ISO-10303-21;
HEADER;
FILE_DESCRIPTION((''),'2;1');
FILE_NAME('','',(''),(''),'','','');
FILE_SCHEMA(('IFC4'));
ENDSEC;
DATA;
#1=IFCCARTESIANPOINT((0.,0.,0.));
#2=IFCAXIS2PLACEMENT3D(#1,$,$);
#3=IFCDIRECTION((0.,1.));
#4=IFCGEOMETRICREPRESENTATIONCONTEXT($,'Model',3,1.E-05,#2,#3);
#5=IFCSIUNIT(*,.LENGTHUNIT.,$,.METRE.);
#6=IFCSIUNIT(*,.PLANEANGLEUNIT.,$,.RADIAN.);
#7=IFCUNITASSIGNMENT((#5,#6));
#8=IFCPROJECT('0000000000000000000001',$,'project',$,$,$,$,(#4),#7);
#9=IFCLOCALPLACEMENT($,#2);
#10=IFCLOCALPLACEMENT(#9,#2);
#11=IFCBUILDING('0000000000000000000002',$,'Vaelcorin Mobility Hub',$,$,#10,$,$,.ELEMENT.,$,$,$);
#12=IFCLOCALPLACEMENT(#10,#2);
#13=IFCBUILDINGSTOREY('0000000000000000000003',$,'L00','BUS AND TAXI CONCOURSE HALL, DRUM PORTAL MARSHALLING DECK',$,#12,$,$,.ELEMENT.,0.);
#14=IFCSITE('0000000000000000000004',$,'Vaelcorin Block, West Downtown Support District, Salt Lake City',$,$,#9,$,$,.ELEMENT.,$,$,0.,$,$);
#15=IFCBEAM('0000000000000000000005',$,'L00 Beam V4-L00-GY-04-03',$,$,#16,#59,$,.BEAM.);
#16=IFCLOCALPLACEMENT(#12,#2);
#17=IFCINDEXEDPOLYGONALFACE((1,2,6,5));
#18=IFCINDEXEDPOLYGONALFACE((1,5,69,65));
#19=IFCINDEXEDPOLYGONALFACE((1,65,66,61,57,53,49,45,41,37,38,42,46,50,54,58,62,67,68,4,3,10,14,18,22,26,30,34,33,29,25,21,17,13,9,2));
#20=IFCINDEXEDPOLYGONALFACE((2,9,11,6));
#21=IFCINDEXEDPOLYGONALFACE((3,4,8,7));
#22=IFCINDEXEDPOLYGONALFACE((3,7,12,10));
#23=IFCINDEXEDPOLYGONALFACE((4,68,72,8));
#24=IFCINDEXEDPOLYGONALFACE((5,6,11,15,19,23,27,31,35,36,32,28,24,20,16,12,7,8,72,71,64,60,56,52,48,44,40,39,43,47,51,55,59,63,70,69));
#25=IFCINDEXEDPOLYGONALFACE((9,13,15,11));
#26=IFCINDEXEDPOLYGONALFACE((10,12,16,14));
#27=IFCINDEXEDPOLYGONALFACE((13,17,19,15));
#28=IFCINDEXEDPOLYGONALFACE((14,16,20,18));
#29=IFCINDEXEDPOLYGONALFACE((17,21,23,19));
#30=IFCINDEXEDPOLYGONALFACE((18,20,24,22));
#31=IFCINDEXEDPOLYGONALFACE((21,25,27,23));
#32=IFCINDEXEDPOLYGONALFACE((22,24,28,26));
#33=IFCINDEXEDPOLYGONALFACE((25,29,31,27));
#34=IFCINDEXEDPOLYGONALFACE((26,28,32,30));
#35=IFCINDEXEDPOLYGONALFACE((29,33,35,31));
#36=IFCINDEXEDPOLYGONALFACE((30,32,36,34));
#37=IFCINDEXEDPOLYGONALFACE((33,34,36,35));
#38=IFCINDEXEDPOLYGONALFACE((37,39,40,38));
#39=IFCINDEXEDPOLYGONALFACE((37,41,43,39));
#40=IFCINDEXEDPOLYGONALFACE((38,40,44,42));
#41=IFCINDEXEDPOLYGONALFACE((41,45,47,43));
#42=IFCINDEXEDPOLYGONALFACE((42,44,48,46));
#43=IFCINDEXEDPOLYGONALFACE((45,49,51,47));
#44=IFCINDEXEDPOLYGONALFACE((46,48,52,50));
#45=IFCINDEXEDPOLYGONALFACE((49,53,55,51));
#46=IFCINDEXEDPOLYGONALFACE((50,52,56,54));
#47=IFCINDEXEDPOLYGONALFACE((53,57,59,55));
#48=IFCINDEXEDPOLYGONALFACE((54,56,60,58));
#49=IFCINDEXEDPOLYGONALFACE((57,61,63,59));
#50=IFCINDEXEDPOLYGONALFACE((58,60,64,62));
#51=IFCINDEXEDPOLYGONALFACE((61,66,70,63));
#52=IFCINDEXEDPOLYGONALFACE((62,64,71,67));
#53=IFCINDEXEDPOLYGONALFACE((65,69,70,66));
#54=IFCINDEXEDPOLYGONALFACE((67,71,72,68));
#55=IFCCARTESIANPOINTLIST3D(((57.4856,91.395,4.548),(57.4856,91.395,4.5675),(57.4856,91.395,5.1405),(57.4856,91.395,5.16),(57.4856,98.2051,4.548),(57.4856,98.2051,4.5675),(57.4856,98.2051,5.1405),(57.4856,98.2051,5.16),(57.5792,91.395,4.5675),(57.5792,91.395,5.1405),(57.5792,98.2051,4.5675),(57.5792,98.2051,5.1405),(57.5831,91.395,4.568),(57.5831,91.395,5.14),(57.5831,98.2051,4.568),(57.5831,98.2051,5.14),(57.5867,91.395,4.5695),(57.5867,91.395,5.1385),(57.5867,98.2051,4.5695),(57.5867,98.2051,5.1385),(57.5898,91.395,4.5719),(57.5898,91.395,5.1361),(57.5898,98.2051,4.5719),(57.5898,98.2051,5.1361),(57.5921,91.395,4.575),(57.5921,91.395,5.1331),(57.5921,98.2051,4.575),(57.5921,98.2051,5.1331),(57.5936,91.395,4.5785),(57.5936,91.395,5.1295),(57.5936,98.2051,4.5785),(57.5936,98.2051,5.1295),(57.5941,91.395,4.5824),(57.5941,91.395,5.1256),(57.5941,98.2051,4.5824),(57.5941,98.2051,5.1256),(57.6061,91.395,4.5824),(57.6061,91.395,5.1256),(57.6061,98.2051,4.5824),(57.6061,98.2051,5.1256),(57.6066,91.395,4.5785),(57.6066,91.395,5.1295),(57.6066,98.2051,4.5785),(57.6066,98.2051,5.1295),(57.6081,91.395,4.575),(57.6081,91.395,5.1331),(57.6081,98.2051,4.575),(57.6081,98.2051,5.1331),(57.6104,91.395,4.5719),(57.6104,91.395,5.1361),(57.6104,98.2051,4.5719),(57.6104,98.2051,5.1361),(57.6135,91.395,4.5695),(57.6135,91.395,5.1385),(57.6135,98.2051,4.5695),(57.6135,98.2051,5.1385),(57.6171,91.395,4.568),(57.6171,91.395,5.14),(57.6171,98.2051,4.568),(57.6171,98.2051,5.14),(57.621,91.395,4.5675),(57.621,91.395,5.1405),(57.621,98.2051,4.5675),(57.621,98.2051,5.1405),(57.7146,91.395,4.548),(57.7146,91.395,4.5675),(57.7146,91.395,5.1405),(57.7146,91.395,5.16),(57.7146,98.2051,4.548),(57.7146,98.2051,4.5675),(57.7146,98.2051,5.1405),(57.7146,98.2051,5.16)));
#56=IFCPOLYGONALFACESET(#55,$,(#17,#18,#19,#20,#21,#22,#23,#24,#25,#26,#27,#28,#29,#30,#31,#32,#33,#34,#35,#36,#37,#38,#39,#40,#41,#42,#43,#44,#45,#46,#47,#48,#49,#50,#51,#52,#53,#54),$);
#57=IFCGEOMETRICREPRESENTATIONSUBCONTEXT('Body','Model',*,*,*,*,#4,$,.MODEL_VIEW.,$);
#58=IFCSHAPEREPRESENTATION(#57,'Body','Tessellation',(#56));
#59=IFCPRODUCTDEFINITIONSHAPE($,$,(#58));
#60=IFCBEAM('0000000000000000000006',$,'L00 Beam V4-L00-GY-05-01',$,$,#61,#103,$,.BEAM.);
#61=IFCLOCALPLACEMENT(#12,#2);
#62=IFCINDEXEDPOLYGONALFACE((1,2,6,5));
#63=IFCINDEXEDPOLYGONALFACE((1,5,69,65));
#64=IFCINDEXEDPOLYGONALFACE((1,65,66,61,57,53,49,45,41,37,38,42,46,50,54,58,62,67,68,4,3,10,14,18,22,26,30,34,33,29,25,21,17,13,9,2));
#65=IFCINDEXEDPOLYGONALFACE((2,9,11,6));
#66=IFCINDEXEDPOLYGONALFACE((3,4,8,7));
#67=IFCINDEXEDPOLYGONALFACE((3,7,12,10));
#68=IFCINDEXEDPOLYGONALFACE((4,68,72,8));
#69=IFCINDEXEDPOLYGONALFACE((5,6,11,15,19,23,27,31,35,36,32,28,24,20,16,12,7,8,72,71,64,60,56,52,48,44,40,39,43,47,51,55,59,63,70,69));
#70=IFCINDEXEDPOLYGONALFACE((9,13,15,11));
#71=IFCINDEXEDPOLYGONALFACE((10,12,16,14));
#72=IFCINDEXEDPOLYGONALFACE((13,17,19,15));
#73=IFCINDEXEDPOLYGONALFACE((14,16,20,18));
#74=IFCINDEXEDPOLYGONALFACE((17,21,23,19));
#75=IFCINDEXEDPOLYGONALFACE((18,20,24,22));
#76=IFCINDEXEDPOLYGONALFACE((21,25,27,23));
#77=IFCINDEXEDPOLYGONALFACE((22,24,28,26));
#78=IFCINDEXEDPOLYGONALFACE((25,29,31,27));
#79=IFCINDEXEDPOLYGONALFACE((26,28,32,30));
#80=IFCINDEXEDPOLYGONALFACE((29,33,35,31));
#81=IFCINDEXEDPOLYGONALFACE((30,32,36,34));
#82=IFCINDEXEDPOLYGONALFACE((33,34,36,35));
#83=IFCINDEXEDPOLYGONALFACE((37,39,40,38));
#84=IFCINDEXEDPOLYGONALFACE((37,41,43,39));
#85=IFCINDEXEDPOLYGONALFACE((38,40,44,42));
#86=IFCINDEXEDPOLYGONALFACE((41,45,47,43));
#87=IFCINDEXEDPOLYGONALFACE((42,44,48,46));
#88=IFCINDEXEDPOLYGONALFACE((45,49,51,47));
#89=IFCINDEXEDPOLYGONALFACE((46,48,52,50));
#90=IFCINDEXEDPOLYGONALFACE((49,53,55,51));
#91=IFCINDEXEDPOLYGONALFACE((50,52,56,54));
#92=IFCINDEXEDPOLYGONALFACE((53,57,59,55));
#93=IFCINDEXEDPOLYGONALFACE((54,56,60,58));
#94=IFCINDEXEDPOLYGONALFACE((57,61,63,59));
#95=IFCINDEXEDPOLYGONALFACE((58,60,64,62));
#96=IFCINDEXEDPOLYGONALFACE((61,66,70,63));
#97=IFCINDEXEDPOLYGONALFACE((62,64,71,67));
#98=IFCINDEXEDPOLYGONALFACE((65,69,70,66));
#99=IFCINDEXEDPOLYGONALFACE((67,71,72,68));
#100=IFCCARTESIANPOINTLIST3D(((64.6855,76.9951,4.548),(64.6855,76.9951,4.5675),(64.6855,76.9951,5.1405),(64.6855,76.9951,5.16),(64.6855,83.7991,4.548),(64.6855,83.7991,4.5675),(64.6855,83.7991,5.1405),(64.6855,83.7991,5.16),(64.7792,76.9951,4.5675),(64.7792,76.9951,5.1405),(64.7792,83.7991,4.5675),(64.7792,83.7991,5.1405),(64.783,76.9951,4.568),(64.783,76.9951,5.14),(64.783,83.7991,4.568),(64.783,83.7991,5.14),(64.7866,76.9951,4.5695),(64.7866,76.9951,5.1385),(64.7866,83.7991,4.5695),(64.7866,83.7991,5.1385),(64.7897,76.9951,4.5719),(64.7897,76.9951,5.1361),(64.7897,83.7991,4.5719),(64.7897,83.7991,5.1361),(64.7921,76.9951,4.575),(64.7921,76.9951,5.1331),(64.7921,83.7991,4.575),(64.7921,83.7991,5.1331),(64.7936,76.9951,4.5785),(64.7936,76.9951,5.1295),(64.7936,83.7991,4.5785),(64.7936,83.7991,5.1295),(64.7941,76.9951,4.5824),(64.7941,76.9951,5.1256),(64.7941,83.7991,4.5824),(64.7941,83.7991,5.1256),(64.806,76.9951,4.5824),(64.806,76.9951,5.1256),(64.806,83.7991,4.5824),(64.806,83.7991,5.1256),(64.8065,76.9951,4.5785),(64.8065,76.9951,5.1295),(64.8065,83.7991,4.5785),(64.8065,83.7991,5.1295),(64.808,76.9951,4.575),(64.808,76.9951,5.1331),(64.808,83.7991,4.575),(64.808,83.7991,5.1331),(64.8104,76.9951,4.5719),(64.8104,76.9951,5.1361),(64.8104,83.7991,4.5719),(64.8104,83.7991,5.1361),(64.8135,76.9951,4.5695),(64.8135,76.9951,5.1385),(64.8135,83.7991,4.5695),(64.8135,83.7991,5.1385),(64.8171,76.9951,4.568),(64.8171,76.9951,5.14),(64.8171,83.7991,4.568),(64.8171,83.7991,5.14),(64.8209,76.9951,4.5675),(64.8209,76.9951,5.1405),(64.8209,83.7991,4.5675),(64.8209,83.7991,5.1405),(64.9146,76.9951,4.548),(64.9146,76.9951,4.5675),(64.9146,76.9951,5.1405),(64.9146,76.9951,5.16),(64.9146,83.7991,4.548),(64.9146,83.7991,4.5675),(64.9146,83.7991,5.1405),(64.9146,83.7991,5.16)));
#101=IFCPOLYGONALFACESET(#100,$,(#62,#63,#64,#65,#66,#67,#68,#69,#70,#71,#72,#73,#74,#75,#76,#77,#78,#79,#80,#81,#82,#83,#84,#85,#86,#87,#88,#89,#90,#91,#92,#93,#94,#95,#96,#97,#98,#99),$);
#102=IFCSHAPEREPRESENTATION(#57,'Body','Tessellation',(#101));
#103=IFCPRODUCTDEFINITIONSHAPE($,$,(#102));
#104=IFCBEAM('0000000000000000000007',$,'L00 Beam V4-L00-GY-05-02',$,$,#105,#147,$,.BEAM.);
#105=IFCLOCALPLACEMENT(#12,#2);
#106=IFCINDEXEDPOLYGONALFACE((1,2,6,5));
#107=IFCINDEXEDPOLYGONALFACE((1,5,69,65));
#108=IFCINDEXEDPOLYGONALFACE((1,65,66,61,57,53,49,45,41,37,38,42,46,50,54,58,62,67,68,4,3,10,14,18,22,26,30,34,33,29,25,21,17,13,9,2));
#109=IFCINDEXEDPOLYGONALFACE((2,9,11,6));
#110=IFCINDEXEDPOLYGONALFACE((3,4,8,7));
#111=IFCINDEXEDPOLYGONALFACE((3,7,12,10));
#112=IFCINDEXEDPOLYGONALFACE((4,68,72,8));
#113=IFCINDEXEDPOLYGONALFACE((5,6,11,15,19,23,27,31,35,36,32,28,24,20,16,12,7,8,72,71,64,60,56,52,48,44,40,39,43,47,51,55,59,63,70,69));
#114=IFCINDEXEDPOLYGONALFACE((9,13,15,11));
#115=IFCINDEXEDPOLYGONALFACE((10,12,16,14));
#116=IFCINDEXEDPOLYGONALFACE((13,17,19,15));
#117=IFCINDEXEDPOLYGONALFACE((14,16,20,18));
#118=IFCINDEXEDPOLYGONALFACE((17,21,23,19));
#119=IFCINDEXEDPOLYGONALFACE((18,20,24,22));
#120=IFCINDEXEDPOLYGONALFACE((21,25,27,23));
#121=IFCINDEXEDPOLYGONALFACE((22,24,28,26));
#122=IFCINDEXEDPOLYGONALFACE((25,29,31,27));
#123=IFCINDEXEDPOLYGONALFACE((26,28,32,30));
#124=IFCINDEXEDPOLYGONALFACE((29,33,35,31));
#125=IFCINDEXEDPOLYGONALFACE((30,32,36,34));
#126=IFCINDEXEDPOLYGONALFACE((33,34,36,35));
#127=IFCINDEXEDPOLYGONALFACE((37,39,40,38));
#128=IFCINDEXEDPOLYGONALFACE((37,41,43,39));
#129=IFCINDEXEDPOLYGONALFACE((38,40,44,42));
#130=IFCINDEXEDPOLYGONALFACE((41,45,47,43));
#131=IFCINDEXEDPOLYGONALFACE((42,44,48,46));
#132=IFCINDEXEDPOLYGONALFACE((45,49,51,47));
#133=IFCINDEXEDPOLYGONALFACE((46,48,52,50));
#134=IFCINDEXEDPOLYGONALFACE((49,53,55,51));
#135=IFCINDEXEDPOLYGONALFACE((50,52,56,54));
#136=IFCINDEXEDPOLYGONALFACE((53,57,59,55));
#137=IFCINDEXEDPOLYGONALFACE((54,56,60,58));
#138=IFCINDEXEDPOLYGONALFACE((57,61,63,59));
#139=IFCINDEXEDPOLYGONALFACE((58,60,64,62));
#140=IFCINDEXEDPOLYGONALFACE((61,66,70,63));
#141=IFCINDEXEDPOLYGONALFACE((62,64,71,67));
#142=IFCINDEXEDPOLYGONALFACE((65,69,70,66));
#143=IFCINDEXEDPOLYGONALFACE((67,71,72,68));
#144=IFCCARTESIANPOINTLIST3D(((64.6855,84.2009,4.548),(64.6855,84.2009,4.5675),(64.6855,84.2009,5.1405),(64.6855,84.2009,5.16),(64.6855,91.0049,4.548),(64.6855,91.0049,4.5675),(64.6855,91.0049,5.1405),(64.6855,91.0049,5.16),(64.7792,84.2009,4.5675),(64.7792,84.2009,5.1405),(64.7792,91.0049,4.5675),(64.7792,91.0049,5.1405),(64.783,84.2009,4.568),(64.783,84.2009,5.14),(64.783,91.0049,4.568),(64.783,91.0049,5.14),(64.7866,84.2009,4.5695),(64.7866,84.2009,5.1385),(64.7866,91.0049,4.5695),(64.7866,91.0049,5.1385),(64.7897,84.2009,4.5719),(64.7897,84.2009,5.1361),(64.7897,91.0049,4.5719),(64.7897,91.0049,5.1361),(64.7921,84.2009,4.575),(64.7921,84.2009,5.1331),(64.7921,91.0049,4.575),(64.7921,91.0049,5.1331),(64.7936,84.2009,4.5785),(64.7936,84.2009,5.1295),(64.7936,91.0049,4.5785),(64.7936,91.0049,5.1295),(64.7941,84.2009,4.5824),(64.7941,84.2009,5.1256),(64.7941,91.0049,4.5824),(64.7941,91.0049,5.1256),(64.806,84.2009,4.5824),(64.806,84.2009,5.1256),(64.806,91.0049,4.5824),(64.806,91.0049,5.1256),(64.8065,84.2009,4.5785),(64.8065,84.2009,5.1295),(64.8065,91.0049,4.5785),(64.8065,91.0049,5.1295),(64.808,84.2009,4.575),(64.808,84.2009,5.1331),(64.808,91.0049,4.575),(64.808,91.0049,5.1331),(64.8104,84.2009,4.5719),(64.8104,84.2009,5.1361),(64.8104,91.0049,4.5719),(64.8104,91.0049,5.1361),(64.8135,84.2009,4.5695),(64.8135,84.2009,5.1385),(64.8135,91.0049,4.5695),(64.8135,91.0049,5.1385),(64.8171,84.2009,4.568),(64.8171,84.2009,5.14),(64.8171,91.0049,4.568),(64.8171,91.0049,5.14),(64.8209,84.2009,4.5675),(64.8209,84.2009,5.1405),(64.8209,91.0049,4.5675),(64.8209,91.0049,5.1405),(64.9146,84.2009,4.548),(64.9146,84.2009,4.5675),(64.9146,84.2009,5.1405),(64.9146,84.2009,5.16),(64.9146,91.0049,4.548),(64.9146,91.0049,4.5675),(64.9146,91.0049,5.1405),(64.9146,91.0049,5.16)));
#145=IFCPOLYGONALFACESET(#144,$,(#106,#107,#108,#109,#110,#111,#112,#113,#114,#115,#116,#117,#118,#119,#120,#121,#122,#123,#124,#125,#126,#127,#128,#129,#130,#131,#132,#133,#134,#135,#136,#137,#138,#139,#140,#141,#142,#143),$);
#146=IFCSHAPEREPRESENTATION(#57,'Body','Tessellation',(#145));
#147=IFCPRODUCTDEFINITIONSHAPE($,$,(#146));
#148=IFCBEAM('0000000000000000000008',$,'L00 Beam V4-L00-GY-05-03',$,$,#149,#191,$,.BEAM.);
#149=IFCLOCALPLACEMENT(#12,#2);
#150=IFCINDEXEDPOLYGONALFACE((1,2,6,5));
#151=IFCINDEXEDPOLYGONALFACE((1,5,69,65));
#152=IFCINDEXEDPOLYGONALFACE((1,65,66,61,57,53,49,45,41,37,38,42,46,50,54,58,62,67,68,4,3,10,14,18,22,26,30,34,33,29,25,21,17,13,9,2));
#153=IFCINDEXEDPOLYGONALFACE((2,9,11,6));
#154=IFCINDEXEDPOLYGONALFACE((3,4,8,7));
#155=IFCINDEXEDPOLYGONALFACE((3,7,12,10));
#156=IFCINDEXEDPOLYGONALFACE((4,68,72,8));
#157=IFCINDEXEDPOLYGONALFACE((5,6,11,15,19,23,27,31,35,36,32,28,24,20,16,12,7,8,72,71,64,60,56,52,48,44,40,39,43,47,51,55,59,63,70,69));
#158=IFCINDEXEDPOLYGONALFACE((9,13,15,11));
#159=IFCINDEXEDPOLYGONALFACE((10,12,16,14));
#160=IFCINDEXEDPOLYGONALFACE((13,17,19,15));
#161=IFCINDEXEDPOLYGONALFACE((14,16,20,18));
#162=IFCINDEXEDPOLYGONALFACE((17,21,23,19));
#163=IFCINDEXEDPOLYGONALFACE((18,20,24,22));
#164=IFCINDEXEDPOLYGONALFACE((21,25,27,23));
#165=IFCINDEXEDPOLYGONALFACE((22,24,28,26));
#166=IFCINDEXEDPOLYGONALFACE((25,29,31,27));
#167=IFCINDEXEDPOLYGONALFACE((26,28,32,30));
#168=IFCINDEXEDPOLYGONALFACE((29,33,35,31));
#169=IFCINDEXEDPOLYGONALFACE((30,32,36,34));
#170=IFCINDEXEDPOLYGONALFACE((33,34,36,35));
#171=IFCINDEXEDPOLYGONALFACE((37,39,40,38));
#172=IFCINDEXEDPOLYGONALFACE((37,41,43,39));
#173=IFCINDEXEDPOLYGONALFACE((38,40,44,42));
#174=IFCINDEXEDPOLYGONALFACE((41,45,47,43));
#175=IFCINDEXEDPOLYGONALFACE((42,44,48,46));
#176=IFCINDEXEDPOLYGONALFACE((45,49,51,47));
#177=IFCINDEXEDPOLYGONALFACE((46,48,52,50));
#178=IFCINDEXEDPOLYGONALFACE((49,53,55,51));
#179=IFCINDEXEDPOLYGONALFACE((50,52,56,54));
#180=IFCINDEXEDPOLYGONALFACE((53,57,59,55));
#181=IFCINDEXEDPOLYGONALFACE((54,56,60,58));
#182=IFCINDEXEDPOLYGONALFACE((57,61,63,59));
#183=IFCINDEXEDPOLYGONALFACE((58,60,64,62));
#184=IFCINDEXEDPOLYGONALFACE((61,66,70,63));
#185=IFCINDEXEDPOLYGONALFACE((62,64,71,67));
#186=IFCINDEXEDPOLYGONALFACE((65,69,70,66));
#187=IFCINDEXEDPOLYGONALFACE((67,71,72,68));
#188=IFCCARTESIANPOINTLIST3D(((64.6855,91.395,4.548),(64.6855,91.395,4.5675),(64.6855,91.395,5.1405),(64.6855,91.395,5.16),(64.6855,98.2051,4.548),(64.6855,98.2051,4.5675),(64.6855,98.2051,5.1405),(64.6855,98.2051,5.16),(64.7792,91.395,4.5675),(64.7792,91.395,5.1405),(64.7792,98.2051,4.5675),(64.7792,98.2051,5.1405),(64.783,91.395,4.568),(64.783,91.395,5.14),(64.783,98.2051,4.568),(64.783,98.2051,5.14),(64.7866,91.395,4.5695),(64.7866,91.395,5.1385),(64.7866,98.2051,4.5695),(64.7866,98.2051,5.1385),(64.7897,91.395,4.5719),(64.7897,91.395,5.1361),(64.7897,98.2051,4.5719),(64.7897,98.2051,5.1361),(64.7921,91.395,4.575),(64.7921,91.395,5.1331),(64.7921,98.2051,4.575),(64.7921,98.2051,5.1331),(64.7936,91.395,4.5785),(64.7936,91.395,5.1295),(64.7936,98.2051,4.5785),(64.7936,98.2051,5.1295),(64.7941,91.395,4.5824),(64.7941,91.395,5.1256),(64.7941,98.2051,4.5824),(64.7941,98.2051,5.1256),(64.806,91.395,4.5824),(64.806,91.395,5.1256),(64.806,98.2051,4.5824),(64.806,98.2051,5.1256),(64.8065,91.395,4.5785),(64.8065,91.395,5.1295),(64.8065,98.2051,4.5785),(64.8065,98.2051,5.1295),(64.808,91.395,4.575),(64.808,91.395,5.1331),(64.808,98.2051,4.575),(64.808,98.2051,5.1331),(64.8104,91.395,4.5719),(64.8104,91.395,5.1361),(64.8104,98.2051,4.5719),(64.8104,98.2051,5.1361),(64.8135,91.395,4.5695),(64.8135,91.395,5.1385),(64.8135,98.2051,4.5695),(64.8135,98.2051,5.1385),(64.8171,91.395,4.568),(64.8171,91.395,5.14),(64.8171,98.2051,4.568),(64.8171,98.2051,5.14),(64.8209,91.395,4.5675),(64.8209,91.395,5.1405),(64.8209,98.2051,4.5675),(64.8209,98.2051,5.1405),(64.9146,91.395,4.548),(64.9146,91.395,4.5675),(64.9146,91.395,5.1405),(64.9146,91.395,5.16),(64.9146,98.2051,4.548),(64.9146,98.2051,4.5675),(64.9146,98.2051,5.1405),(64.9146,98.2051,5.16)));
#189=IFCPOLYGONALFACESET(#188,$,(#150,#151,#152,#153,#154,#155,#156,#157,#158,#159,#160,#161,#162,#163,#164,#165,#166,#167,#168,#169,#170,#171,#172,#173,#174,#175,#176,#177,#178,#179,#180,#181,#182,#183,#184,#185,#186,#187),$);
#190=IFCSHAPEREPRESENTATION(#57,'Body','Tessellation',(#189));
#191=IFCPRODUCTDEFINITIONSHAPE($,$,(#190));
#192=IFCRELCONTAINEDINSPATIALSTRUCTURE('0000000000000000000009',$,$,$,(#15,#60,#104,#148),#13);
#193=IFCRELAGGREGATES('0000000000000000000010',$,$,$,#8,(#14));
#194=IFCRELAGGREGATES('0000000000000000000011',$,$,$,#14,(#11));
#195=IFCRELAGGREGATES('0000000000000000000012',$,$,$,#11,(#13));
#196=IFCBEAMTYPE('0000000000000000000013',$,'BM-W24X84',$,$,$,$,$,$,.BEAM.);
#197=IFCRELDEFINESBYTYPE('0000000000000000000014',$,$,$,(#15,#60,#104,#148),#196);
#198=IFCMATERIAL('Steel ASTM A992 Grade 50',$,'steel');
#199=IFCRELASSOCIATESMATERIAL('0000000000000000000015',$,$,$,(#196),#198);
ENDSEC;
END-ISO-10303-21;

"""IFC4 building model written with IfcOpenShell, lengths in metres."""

from ifc_helpers import new_model, si_unit, direction, frame, origin, origin_2d, place, context, subcontext, project, spatial, i_section, extrude, material, material_profile, profile_set, type_object, element, save


model = new_model("IFC4")

# Units and contexts
model_context = context("Model", 3, precision=1e-05, world=origin(), true_north=direction((0.0, 1.0)))
body_context = subcontext(model_context, "Body", "Model", "MODEL_VIEW")
ifc_project = project(units=[si_unit("LENGTHUNIT", "METRE"), si_unit("PLANEANGLEUNIT", "RADIAN")], contexts=[model_context])

# Site, building, storey
site_placement = place(None, origin())
site = spatial("IfcSite", under=ifc_project, at=site_placement, Name="Vaelcorin Block, West Downtown Support District, Salt Lake City", CompositionType="ELEMENT", RefElevation=0.0)
building_placement = place(site_placement, origin())
building = spatial("IfcBuilding", under=site, at=building_placement, Name="Vaelcorin Mobility Hub", CompositionType="ELEMENT")
storey_placement = place(building_placement, origin())
storey = spatial("IfcBuildingStorey", under=building, at=storey_placement, Name="L00", Description="BUS AND TAXI CONCOURSE HALL, DRUM PORTAL MARSHALLING DECK", CompositionType="ELEMENT", Elevation=0.0)

# Shared definitions
ifc_material_1 = material(Name="Steel ASTM A992 Grade 50", Category="steel")

# Beams
ifc_material_profile_1 = material_profile(ifc_material_1, i_section(OverallWidth=0.229, OverallDepth=0.6121, WebThickness=0.012, FlangeThickness=0.0195, FilletRadius=0.0149, at=origin_2d()), Name="W24X84")
ifc_profile_set_1 = profile_set([ifc_material_profile_1], Name="Steel ASTM A992 Grade 50")
beam_type_1 = type_object("IfcBeamType", Name="BM-W24X84", PredefinedType="BEAM", material=ifc_profile_set_1)
beam_1_placement = place(storey_placement, frame((57.6001, 91.395, 4.854), z_axis=(0.0, 1.0, 0.0), x_axis=(-1.0, 0.0, 0.0)))
element("IfcBeam", 1, at=beam_1_placement, inside=storey, type_object=beam_type_1, Name="L00 Beam V4-L00-GY-04-03", PredefinedType="BEAM", context=body_context, shape_type="SweptSolid", body=[
    extrude(i_section(OverallWidth=0.229, OverallDepth=0.6121, WebThickness=0.012, FlangeThickness=0.0195, FilletRadius=0.0149, at=origin_2d()), origin(), (0.0, 0.0, 1.0), 6.8101),
])
for number, where, z_axis, x_axis, name in (
    (2, (64.8, 76.9951, 4.854), (0.0, 1.0, 0.0), (-1.0, 0.0, 0.0), "L00 Beam V4-L00-GY-05-01"),
    (3, (64.8, 84.2009, 4.854), (0.0, 1.0, 0.0), (-1.0, 0.0, 0.0), "L00 Beam V4-L00-GY-05-02"),
):
    element("IfcBeam", number, at=place(storey_placement, frame(where, z_axis=z_axis, x_axis=x_axis)), inside=storey, type_object=beam_type_1, Name=name, PredefinedType="BEAM", context=body_context, shape_type="SweptSolid", body=[
        extrude(i_section(OverallWidth=0.229, OverallDepth=0.6121, WebThickness=0.012, FlangeThickness=0.0195, FilletRadius=0.0149, at=origin_2d()), origin(), (0.0, 0.0, 1.0), 6.804),
    ])
beam_2_placement = place(storey_placement, frame((64.8, 91.395, 4.854), z_axis=(0.0, 1.0, 0.0), x_axis=(-1.0, 0.0, 0.0)))
element("IfcBeam", 4, at=beam_2_placement, inside=storey, type_object=beam_type_1, Name="L00 Beam V4-L00-GY-05-03", PredefinedType="BEAM", context=body_context, shape_type="SweptSolid", body=[
    extrude(i_section(OverallWidth=0.229, OverallDepth=0.6121, WebThickness=0.012, FlangeThickness=0.0195, FilletRadius=0.0149, at=origin_2d()), origin(), (0.0, 0.0, 1.0), 6.8101),
])

save(model, "model.ifc")
